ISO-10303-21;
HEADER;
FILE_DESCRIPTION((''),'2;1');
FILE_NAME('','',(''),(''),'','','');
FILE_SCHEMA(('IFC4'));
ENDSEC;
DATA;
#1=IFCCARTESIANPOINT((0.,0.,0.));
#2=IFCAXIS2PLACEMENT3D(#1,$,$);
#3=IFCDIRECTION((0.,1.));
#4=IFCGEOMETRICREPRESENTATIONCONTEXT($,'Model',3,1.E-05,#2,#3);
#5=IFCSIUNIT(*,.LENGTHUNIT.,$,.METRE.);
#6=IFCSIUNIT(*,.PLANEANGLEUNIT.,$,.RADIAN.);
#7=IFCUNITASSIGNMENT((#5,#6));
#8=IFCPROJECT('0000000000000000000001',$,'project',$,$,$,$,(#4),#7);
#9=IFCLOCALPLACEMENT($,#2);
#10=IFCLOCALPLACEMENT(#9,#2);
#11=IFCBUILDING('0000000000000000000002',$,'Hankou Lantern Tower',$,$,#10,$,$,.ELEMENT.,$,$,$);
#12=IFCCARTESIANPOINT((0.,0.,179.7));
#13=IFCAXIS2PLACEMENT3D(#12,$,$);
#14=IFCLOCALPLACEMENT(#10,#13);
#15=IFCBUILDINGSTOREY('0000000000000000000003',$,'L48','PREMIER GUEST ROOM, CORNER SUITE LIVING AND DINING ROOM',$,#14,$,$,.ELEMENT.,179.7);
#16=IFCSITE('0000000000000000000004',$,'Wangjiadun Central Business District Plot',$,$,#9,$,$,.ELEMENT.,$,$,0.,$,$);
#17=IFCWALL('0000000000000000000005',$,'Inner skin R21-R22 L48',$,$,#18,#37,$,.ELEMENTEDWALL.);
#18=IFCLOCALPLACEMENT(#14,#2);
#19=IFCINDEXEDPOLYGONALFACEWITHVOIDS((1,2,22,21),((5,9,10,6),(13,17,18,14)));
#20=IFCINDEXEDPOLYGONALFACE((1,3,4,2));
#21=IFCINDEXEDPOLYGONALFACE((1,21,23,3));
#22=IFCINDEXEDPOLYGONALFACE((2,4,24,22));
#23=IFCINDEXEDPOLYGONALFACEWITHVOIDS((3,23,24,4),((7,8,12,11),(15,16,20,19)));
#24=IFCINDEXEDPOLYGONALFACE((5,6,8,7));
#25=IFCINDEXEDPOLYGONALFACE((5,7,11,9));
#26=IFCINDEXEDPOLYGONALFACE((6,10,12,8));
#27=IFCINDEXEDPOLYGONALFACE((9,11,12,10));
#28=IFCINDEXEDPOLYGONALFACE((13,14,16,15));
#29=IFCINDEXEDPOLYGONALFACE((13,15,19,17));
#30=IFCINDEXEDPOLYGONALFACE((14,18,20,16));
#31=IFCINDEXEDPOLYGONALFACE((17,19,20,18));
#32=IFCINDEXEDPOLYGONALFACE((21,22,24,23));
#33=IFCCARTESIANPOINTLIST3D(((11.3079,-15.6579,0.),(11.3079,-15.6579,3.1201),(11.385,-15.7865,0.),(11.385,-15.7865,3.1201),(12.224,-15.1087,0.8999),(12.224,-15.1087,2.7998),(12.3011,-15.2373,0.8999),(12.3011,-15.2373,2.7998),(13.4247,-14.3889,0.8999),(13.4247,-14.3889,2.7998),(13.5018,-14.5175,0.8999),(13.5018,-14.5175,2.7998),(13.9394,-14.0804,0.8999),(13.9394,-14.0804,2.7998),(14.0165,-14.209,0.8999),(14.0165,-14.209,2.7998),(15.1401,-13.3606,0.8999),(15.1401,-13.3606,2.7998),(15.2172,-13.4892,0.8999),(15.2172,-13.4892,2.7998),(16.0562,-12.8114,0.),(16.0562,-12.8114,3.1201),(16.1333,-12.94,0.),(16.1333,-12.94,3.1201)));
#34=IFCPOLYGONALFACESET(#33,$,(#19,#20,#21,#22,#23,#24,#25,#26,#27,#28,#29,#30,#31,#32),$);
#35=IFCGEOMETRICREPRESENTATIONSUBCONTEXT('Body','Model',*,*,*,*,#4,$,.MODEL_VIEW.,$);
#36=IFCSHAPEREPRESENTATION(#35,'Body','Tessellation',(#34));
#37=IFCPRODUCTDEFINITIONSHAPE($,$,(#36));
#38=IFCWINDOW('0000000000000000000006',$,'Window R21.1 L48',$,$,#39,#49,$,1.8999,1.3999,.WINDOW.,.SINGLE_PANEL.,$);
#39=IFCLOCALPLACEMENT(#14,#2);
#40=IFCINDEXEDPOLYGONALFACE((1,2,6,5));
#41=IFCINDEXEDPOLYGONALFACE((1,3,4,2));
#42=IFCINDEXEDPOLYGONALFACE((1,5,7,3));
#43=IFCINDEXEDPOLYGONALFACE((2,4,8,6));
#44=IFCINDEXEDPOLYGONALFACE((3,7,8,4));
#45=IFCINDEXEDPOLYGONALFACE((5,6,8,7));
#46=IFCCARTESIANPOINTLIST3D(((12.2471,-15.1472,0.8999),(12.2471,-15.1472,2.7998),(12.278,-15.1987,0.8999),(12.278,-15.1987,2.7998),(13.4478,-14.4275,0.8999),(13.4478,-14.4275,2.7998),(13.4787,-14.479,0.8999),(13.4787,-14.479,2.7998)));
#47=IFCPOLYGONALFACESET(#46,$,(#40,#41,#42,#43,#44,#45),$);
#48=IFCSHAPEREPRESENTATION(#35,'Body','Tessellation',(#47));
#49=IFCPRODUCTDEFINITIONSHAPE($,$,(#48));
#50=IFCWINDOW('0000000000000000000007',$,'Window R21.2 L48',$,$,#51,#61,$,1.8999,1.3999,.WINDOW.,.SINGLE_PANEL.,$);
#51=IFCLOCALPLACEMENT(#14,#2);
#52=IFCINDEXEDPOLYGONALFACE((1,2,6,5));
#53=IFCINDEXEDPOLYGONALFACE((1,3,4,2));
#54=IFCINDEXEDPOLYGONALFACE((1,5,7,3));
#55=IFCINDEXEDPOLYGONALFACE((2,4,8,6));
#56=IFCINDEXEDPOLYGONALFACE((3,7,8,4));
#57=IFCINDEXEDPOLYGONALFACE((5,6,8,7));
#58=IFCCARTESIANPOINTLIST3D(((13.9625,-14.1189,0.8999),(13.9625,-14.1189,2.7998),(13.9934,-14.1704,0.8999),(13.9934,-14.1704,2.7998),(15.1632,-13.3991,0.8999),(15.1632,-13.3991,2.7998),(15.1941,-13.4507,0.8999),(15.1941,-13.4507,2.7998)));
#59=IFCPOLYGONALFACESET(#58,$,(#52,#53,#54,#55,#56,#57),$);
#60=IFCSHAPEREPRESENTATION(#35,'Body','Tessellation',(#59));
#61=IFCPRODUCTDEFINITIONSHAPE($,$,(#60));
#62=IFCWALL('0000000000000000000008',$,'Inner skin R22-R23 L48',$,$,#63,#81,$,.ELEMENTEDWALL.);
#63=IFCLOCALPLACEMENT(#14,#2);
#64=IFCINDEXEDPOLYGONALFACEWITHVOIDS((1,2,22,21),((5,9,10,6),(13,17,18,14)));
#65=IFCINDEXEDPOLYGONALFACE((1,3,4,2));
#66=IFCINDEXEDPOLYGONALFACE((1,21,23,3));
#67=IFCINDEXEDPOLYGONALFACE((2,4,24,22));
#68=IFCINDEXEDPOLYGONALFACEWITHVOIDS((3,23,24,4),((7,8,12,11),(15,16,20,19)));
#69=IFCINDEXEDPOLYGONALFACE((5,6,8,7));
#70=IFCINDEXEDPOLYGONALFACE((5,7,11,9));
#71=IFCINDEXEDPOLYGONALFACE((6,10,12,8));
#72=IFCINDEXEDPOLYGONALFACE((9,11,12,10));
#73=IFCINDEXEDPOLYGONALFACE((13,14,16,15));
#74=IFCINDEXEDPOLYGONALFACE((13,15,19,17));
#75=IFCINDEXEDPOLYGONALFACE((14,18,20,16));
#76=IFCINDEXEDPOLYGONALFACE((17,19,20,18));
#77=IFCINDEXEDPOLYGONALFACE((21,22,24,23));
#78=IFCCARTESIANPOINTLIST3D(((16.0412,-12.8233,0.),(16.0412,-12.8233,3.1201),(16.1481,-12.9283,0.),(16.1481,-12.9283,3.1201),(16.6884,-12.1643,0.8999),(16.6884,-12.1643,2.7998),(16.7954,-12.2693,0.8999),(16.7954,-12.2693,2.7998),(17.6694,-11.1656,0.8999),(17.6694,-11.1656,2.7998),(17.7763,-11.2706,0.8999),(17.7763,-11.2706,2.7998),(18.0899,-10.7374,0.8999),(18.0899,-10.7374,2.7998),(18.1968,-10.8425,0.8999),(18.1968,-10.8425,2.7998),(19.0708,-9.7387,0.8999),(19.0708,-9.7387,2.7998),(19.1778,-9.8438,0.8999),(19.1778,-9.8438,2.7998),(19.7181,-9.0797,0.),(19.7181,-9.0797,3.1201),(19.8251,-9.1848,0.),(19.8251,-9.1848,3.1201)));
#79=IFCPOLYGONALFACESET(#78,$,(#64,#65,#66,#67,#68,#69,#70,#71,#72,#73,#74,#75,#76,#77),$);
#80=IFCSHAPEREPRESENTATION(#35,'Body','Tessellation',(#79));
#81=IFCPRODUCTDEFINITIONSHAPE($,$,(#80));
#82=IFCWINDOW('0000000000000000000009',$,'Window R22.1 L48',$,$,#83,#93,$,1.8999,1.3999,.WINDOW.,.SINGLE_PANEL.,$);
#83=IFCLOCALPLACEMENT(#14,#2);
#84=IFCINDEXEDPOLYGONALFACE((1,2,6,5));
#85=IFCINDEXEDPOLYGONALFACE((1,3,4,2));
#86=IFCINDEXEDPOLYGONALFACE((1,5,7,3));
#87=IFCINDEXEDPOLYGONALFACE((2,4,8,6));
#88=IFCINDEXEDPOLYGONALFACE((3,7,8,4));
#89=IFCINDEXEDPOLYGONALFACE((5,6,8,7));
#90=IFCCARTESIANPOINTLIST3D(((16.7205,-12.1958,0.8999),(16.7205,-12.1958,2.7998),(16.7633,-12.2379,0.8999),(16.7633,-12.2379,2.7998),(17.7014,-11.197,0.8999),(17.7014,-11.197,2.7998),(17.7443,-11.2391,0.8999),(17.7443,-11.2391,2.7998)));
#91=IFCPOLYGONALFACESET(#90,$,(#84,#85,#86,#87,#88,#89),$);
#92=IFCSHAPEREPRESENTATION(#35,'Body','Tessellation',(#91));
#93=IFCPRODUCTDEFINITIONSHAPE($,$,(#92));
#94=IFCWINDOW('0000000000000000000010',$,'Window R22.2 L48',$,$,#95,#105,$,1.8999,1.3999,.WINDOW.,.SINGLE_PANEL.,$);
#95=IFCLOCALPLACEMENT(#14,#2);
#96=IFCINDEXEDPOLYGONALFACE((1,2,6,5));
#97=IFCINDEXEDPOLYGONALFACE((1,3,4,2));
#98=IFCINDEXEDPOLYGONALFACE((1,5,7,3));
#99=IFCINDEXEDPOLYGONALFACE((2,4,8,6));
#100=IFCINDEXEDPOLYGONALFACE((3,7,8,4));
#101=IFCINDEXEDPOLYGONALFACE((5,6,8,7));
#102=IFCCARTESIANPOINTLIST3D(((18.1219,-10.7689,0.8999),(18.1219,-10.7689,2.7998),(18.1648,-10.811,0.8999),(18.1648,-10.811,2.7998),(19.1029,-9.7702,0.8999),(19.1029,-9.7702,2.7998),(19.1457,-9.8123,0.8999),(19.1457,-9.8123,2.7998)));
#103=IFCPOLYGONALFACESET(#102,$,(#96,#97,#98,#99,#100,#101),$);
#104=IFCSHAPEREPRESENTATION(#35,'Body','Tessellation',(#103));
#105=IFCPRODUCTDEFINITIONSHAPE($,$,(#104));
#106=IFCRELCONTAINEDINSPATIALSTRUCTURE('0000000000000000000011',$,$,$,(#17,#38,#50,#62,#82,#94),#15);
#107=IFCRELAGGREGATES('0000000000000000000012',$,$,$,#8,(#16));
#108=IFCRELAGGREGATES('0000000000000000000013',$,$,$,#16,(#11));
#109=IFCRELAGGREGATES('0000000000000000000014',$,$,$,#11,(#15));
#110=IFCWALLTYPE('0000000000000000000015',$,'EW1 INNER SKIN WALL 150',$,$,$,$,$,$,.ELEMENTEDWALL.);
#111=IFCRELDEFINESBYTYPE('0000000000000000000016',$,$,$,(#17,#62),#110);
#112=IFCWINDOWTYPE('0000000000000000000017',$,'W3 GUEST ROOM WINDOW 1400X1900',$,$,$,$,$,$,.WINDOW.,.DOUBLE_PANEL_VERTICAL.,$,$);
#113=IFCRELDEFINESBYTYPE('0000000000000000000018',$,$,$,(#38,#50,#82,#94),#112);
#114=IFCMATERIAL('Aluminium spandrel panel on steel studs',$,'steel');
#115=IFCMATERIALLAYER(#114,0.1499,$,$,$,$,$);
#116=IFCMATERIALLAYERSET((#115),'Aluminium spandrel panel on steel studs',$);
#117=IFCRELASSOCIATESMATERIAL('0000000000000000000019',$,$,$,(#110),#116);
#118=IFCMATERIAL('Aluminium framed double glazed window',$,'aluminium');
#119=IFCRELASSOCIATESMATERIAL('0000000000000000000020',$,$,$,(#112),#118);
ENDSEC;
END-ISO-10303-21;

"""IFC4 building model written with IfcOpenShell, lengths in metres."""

from ifc_helpers import new_model, si_unit, direction, frame, frame_2d, origin, place, context, subcontext, project, spatial, rectangle, extrude, material, layer, layer_set, type_object, element, fill, save


model = new_model("IFC4")

# Units and contexts
model_context = context("Model", 3, precision=1e-05, world=origin(), true_north=direction((0.0, 1.0)))
body_context = subcontext(model_context, "Body", "Model", "MODEL_VIEW")
ifc_project = project(units=[si_unit("LENGTHUNIT", "METRE"), si_unit("PLANEANGLEUNIT", "RADIAN")], contexts=[model_context])

# Site, building, storey
site_placement = place(None, origin())
site = spatial("IfcSite", under=ifc_project, at=site_placement, Name="Wangjiadun Central Business District Plot", CompositionType="ELEMENT", RefElevation=0.0)
building_placement = place(site_placement, origin())
building = spatial("IfcBuilding", under=site, at=building_placement, Name="Hankou Lantern Tower", CompositionType="ELEMENT")
storey_placement = place(building_placement, frame((0.0, 0.0, 179.7)))
storey = spatial("IfcBuildingStorey", under=building, at=storey_placement, Name="L48", Description="PREMIER GUEST ROOM, CORNER SUITE LIVING AND DINING ROOM", CompositionType="ELEMENT", Elevation=179.7)

# Walls, openings, windows
ifc_material_1 = material(Name="Aluminium spandrel panel on steel studs", Category="steel")
ifc_layer_1 = layer(ifc_material_1, 0.1499)
ifc_layer_set_1 = layer_set([ifc_layer_1], Name="Aluminium spandrel panel on steel studs")
wall_type_1 = type_object("IfcWallType", Name="EW1 INNER SKIN WALL 150", PredefinedType="ELEMENTEDWALL", material=ifc_layer_set_1)
wall_1_placement = place(storey_placement, frame((11.3464, -15.7222, 0.0), z_axis=(0.0, 0.0, 1.0), x_axis=(0.857695, 0.514158, 0.0)))
wall_1 = element("IfcWall", 1, at=wall_1_placement, inside=storey, type_object=wall_type_1, Name="Inner skin R21-R22 L48", PredefinedType="ELEMENTEDWALL", context=body_context, shape_type="SweptSolid", body=[
    extrude(rectangle(XDim=5.5361, YDim=0.1499, at=frame_2d((2.7681, 0.0))), origin(), (0.0, 0.0, 1.0), 3.1201),
])
opening_1_placement = place(wall_1_placement, frame((1.0681, 0.0, 0.8999)))
opening_1 = element("IfcOpeningElement", 2, at=opening_1_placement, cuts=wall_1, PredefinedType="OPENING", context=body_context, shape_type="SweptSolid", body=[
    extrude(rectangle(XDim=1.3999, YDim=1.8999, at=frame_2d((0.7, 0.95))), frame((0.0, 0.085, 0.0), z_axis=(0.0, -1.0, 0.0), x_axis=(1.0, 0.0, 0.0)), (0.0, 0.0, 1.0), 0.1699),
])
opening_2_placement = place(wall_1_placement, frame((3.0681, 0.0, 0.8999)))
opening_2 = element("IfcOpeningElement", 3, at=opening_2_placement, cuts=wall_1, PredefinedType="OPENING", context=body_context, shape_type="SweptSolid", body=[
    extrude(rectangle(XDim=1.3999, YDim=1.8999, at=frame_2d((0.7, 0.95))), frame((0.0, 0.085, 0.0), z_axis=(0.0, -1.0, 0.0), x_axis=(1.0, 0.0, 0.0)), (0.0, 0.0, 1.0), 0.1699),
])
ifc_material_2 = material(Name="Aluminium framed double glazed window", Category="aluminium")
window_type = type_object("IfcWindowType", Name="W3 GUEST ROOM WINDOW 1400X1900", PartitioningType="DOUBLE_PANEL_VERTICAL", PredefinedType="WINDOW", material=ifc_material_2)
window_1_placement = place(opening_1_placement, origin())
window_1 = element("IfcWindow", 4, at=window_1_placement, inside=storey, type_object=window_type, Name="Window R21.1 L48", OverallHeight=1.8999, OverallWidth=1.3999, PartitioningType="SINGLE_PANEL", PredefinedType="WINDOW", context=body_context, shape_type="SweptSolid", body=[
    extrude(rectangle(XDim=1.3999, YDim=1.8999, at=frame_2d((0.7, 0.95))), frame((0.0, 0.03, 0.0), z_axis=(0.0, -1.0, 0.0), x_axis=(1.0, 0.0, 0.0)), (0.0, 0.0, 1.0), 0.0601),
])
fill(opening_1, window_1)
window_2_placement = place(opening_2_placement, origin())
window_2 = element("IfcWindow", 5, at=window_2_placement, inside=storey, type_object=window_type, Name="Window R21.2 L48", OverallHeight=1.8999, OverallWidth=1.3999, PartitioningType="SINGLE_PANEL", PredefinedType="WINDOW", context=body_context, shape_type="SweptSolid", body=[
    extrude(rectangle(XDim=1.3999, YDim=1.8999, at=frame_2d((0.7, 0.95))), frame((0.0, 0.03, 0.0), z_axis=(0.0, -1.0, 0.0), x_axis=(1.0, 0.0, 0.0)), (0.0, 0.0, 1.0), 0.0601),
])
fill(opening_2, window_2)
wall_2_placement = place(storey_placement, frame((16.0947, -12.8757, 0.0), z_axis=(0.0, 0.0, 1.0), x_axis=(0.700727, 0.713429, 0.0)))
wall_2 = element("IfcWall", 6, at=wall_2_placement, inside=storey, type_object=wall_type_1, Name="Inner skin R22-R23 L48", PredefinedType="ELEMENTEDWALL", context=body_context, shape_type="SweptSolid", body=[
    extrude(rectangle(XDim=5.2473, YDim=0.1499, at=frame_2d((2.6235, 0.0))), origin(), (0.0, 0.0, 1.0), 3.1201),
])
opening_3_placement = place(wall_2_placement, frame((0.9236, 0.0, 0.8999)))
opening_3 = element("IfcOpeningElement", 7, at=opening_3_placement, cuts=wall_2, PredefinedType="OPENING", context=body_context, shape_type="SweptSolid", body=[
    extrude(rectangle(XDim=1.3999, YDim=1.8999, at=frame_2d((0.7, 0.95))), frame((0.0, 0.085, 0.0), z_axis=(0.0, -1.0, 0.0), x_axis=(1.0, 0.0, 0.0)), (0.0, 0.0, 1.0), 0.1699),
])
opening_4_placement = place(wall_2_placement, frame((2.9236, 0.0, 0.8999)))
opening_4 = element("IfcOpeningElement", 8, at=opening_4_placement, cuts=wall_2, PredefinedType="OPENING", context=body_context, shape_type="SweptSolid", body=[
    extrude(rectangle(XDim=1.3999, YDim=1.8999, at=frame_2d((0.7, 0.95))), frame((0.0, 0.085, 0.0), z_axis=(0.0, -1.0, 0.0), x_axis=(1.0, 0.0, 0.0)), (0.0, 0.0, 1.0), 0.1699),
])
window_3_placement = place(opening_3_placement, origin())
window_3 = element("IfcWindow", 9, at=window_3_placement, inside=storey, type_object=window_type, Name="Window R22.1 L48", OverallHeight=1.8999, OverallWidth=1.3999, PartitioningType="SINGLE_PANEL", PredefinedType="WINDOW", context=body_context, shape_type="SweptSolid", body=[
    extrude(rectangle(XDim=1.3999, YDim=1.8999, at=frame_2d((0.7, 0.95))), frame((0.0, 0.03, 0.0), z_axis=(0.0, -1.0, 0.0), x_axis=(1.0, 0.0, 0.0)), (0.0, 0.0, 1.0), 0.0601),
])
fill(opening_3, window_3)
window_4_placement = place(opening_4_placement, origin())
window_4 = element("IfcWindow", 10, at=window_4_placement, inside=storey, type_object=window_type, Name="Window R22.2 L48", OverallHeight=1.8999, OverallWidth=1.3999, PartitioningType="SINGLE_PANEL", PredefinedType="WINDOW", context=body_context, shape_type="SweptSolid", body=[
    extrude(rectangle(XDim=1.3999, YDim=1.8999, at=frame_2d((0.7, 0.95))), frame((0.0, 0.03, 0.0), z_axis=(0.0, -1.0, 0.0), x_axis=(1.0, 0.0, 0.0)), (0.0, 0.0, 1.0), 0.0601),
])
fill(opening_4, window_4)

save(model, "model.ifc")
